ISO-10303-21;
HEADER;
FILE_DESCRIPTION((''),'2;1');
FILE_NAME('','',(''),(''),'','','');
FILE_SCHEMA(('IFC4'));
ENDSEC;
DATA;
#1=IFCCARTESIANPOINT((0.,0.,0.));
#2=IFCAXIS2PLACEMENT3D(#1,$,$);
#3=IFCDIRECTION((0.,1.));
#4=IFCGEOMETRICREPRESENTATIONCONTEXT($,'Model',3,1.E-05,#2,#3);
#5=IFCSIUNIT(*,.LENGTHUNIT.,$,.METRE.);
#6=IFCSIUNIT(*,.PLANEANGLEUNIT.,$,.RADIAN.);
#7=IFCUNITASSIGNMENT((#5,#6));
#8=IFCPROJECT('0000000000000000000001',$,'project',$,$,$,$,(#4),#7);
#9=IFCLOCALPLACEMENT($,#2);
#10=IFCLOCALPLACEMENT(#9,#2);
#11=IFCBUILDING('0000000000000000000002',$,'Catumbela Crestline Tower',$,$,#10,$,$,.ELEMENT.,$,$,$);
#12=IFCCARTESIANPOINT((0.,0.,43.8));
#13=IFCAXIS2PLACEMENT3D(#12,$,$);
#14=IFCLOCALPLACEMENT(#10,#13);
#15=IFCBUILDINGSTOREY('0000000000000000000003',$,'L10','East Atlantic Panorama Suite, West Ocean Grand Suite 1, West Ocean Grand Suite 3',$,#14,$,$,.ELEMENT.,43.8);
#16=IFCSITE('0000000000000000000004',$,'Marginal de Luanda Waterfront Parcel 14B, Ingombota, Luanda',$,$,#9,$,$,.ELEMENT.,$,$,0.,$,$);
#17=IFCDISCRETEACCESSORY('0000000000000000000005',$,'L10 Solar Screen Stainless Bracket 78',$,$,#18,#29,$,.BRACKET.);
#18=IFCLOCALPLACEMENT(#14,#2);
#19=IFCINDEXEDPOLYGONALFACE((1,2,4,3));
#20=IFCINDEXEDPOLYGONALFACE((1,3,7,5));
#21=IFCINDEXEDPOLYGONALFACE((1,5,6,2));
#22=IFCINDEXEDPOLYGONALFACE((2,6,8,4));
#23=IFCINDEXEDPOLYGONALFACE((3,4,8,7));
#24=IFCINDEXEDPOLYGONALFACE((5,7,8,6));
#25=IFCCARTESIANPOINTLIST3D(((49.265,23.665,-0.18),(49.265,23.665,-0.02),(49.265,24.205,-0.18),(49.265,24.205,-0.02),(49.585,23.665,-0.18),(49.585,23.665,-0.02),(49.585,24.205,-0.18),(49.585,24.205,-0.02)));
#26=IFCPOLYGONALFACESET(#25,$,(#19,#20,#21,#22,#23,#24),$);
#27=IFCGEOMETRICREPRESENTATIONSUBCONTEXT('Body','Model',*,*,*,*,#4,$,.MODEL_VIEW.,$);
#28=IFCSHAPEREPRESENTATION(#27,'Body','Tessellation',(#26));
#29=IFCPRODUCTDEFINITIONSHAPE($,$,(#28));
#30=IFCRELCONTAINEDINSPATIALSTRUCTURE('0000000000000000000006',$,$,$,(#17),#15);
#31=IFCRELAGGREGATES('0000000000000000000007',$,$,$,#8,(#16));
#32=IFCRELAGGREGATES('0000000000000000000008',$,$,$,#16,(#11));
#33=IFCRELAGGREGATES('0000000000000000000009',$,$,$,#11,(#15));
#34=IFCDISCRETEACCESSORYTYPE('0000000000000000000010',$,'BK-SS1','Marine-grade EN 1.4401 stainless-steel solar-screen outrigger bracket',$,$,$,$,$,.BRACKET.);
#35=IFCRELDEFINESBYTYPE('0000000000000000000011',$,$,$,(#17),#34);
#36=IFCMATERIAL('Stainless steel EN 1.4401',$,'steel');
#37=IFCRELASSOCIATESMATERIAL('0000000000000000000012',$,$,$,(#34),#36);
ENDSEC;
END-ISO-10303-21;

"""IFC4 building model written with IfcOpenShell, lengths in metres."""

from ifc_helpers import new_model, si_unit, direction, frame, origin, origin_2d, place, context, subcontext, project, spatial, rectangle, extrude, material, type_object, element, save


model = new_model("IFC4")

# Units and contexts
model_context = context("Model", 3, precision=1e-05, world=origin(), true_north=direction((0.0, 1.0)))
body_context = subcontext(model_context, "Body", "Model", "MODEL_VIEW")
ifc_project = project(units=[si_unit("LENGTHUNIT", "METRE"), si_unit("PLANEANGLEUNIT", "RADIAN")], contexts=[model_context])

# Site, building, storey
site_placement = place(None, origin())
site = spatial("IfcSite", under=ifc_project, at=site_placement, Name="Marginal de Luanda Waterfront Parcel 14B, Ingombota, Luanda", CompositionType="ELEMENT", RefElevation=0.0)
building_placement = place(site_placement, origin())
building = spatial("IfcBuilding", under=site, at=building_placement, Name="Catumbela Crestline Tower", CompositionType="ELEMENT")
storey_placement = place(building_placement, frame((0.0, 0.0, 43.8)))
storey = spatial("IfcBuildingStorey", under=building, at=storey_placement, Name="L10", Description="East Atlantic Panorama Suite, West Ocean Grand Suite 1, West Ocean Grand Suite 3", CompositionType="ELEMENT", Elevation=43.8)

# Discrete accessory
ifc_material_1 = material(Name="Stainless steel EN 1.4401", Category="steel")
discrete_accessory_type = type_object("IfcDiscreteAccessoryType", Name="BK-SS1", Description="Marine-grade EN 1.4401 stainless-steel solar-screen outrigger bracket", PredefinedType="BRACKET", material=ifc_material_1)
discrete_accessory_placement = place(storey_placement, frame((49.425, 23.935, -0.18), z_axis=(0.0, 0.0, 1.0), x_axis=(1.0, 0.0, 0.0)))
element("IfcDiscreteAccessory", 1, at=discrete_accessory_placement, inside=storey, type_object=discrete_accessory_type, Name="L10 Solar Screen Stainless Bracket 78", PredefinedType="BRACKET", context=body_context, shape_type="SweptSolid", body=[
    extrude(rectangle(XDim=0.32, YDim=0.54, at=origin_2d()), origin(), (0.0, 0.0, 1.0), 0.16),
])

save(model, "model.ifc")
